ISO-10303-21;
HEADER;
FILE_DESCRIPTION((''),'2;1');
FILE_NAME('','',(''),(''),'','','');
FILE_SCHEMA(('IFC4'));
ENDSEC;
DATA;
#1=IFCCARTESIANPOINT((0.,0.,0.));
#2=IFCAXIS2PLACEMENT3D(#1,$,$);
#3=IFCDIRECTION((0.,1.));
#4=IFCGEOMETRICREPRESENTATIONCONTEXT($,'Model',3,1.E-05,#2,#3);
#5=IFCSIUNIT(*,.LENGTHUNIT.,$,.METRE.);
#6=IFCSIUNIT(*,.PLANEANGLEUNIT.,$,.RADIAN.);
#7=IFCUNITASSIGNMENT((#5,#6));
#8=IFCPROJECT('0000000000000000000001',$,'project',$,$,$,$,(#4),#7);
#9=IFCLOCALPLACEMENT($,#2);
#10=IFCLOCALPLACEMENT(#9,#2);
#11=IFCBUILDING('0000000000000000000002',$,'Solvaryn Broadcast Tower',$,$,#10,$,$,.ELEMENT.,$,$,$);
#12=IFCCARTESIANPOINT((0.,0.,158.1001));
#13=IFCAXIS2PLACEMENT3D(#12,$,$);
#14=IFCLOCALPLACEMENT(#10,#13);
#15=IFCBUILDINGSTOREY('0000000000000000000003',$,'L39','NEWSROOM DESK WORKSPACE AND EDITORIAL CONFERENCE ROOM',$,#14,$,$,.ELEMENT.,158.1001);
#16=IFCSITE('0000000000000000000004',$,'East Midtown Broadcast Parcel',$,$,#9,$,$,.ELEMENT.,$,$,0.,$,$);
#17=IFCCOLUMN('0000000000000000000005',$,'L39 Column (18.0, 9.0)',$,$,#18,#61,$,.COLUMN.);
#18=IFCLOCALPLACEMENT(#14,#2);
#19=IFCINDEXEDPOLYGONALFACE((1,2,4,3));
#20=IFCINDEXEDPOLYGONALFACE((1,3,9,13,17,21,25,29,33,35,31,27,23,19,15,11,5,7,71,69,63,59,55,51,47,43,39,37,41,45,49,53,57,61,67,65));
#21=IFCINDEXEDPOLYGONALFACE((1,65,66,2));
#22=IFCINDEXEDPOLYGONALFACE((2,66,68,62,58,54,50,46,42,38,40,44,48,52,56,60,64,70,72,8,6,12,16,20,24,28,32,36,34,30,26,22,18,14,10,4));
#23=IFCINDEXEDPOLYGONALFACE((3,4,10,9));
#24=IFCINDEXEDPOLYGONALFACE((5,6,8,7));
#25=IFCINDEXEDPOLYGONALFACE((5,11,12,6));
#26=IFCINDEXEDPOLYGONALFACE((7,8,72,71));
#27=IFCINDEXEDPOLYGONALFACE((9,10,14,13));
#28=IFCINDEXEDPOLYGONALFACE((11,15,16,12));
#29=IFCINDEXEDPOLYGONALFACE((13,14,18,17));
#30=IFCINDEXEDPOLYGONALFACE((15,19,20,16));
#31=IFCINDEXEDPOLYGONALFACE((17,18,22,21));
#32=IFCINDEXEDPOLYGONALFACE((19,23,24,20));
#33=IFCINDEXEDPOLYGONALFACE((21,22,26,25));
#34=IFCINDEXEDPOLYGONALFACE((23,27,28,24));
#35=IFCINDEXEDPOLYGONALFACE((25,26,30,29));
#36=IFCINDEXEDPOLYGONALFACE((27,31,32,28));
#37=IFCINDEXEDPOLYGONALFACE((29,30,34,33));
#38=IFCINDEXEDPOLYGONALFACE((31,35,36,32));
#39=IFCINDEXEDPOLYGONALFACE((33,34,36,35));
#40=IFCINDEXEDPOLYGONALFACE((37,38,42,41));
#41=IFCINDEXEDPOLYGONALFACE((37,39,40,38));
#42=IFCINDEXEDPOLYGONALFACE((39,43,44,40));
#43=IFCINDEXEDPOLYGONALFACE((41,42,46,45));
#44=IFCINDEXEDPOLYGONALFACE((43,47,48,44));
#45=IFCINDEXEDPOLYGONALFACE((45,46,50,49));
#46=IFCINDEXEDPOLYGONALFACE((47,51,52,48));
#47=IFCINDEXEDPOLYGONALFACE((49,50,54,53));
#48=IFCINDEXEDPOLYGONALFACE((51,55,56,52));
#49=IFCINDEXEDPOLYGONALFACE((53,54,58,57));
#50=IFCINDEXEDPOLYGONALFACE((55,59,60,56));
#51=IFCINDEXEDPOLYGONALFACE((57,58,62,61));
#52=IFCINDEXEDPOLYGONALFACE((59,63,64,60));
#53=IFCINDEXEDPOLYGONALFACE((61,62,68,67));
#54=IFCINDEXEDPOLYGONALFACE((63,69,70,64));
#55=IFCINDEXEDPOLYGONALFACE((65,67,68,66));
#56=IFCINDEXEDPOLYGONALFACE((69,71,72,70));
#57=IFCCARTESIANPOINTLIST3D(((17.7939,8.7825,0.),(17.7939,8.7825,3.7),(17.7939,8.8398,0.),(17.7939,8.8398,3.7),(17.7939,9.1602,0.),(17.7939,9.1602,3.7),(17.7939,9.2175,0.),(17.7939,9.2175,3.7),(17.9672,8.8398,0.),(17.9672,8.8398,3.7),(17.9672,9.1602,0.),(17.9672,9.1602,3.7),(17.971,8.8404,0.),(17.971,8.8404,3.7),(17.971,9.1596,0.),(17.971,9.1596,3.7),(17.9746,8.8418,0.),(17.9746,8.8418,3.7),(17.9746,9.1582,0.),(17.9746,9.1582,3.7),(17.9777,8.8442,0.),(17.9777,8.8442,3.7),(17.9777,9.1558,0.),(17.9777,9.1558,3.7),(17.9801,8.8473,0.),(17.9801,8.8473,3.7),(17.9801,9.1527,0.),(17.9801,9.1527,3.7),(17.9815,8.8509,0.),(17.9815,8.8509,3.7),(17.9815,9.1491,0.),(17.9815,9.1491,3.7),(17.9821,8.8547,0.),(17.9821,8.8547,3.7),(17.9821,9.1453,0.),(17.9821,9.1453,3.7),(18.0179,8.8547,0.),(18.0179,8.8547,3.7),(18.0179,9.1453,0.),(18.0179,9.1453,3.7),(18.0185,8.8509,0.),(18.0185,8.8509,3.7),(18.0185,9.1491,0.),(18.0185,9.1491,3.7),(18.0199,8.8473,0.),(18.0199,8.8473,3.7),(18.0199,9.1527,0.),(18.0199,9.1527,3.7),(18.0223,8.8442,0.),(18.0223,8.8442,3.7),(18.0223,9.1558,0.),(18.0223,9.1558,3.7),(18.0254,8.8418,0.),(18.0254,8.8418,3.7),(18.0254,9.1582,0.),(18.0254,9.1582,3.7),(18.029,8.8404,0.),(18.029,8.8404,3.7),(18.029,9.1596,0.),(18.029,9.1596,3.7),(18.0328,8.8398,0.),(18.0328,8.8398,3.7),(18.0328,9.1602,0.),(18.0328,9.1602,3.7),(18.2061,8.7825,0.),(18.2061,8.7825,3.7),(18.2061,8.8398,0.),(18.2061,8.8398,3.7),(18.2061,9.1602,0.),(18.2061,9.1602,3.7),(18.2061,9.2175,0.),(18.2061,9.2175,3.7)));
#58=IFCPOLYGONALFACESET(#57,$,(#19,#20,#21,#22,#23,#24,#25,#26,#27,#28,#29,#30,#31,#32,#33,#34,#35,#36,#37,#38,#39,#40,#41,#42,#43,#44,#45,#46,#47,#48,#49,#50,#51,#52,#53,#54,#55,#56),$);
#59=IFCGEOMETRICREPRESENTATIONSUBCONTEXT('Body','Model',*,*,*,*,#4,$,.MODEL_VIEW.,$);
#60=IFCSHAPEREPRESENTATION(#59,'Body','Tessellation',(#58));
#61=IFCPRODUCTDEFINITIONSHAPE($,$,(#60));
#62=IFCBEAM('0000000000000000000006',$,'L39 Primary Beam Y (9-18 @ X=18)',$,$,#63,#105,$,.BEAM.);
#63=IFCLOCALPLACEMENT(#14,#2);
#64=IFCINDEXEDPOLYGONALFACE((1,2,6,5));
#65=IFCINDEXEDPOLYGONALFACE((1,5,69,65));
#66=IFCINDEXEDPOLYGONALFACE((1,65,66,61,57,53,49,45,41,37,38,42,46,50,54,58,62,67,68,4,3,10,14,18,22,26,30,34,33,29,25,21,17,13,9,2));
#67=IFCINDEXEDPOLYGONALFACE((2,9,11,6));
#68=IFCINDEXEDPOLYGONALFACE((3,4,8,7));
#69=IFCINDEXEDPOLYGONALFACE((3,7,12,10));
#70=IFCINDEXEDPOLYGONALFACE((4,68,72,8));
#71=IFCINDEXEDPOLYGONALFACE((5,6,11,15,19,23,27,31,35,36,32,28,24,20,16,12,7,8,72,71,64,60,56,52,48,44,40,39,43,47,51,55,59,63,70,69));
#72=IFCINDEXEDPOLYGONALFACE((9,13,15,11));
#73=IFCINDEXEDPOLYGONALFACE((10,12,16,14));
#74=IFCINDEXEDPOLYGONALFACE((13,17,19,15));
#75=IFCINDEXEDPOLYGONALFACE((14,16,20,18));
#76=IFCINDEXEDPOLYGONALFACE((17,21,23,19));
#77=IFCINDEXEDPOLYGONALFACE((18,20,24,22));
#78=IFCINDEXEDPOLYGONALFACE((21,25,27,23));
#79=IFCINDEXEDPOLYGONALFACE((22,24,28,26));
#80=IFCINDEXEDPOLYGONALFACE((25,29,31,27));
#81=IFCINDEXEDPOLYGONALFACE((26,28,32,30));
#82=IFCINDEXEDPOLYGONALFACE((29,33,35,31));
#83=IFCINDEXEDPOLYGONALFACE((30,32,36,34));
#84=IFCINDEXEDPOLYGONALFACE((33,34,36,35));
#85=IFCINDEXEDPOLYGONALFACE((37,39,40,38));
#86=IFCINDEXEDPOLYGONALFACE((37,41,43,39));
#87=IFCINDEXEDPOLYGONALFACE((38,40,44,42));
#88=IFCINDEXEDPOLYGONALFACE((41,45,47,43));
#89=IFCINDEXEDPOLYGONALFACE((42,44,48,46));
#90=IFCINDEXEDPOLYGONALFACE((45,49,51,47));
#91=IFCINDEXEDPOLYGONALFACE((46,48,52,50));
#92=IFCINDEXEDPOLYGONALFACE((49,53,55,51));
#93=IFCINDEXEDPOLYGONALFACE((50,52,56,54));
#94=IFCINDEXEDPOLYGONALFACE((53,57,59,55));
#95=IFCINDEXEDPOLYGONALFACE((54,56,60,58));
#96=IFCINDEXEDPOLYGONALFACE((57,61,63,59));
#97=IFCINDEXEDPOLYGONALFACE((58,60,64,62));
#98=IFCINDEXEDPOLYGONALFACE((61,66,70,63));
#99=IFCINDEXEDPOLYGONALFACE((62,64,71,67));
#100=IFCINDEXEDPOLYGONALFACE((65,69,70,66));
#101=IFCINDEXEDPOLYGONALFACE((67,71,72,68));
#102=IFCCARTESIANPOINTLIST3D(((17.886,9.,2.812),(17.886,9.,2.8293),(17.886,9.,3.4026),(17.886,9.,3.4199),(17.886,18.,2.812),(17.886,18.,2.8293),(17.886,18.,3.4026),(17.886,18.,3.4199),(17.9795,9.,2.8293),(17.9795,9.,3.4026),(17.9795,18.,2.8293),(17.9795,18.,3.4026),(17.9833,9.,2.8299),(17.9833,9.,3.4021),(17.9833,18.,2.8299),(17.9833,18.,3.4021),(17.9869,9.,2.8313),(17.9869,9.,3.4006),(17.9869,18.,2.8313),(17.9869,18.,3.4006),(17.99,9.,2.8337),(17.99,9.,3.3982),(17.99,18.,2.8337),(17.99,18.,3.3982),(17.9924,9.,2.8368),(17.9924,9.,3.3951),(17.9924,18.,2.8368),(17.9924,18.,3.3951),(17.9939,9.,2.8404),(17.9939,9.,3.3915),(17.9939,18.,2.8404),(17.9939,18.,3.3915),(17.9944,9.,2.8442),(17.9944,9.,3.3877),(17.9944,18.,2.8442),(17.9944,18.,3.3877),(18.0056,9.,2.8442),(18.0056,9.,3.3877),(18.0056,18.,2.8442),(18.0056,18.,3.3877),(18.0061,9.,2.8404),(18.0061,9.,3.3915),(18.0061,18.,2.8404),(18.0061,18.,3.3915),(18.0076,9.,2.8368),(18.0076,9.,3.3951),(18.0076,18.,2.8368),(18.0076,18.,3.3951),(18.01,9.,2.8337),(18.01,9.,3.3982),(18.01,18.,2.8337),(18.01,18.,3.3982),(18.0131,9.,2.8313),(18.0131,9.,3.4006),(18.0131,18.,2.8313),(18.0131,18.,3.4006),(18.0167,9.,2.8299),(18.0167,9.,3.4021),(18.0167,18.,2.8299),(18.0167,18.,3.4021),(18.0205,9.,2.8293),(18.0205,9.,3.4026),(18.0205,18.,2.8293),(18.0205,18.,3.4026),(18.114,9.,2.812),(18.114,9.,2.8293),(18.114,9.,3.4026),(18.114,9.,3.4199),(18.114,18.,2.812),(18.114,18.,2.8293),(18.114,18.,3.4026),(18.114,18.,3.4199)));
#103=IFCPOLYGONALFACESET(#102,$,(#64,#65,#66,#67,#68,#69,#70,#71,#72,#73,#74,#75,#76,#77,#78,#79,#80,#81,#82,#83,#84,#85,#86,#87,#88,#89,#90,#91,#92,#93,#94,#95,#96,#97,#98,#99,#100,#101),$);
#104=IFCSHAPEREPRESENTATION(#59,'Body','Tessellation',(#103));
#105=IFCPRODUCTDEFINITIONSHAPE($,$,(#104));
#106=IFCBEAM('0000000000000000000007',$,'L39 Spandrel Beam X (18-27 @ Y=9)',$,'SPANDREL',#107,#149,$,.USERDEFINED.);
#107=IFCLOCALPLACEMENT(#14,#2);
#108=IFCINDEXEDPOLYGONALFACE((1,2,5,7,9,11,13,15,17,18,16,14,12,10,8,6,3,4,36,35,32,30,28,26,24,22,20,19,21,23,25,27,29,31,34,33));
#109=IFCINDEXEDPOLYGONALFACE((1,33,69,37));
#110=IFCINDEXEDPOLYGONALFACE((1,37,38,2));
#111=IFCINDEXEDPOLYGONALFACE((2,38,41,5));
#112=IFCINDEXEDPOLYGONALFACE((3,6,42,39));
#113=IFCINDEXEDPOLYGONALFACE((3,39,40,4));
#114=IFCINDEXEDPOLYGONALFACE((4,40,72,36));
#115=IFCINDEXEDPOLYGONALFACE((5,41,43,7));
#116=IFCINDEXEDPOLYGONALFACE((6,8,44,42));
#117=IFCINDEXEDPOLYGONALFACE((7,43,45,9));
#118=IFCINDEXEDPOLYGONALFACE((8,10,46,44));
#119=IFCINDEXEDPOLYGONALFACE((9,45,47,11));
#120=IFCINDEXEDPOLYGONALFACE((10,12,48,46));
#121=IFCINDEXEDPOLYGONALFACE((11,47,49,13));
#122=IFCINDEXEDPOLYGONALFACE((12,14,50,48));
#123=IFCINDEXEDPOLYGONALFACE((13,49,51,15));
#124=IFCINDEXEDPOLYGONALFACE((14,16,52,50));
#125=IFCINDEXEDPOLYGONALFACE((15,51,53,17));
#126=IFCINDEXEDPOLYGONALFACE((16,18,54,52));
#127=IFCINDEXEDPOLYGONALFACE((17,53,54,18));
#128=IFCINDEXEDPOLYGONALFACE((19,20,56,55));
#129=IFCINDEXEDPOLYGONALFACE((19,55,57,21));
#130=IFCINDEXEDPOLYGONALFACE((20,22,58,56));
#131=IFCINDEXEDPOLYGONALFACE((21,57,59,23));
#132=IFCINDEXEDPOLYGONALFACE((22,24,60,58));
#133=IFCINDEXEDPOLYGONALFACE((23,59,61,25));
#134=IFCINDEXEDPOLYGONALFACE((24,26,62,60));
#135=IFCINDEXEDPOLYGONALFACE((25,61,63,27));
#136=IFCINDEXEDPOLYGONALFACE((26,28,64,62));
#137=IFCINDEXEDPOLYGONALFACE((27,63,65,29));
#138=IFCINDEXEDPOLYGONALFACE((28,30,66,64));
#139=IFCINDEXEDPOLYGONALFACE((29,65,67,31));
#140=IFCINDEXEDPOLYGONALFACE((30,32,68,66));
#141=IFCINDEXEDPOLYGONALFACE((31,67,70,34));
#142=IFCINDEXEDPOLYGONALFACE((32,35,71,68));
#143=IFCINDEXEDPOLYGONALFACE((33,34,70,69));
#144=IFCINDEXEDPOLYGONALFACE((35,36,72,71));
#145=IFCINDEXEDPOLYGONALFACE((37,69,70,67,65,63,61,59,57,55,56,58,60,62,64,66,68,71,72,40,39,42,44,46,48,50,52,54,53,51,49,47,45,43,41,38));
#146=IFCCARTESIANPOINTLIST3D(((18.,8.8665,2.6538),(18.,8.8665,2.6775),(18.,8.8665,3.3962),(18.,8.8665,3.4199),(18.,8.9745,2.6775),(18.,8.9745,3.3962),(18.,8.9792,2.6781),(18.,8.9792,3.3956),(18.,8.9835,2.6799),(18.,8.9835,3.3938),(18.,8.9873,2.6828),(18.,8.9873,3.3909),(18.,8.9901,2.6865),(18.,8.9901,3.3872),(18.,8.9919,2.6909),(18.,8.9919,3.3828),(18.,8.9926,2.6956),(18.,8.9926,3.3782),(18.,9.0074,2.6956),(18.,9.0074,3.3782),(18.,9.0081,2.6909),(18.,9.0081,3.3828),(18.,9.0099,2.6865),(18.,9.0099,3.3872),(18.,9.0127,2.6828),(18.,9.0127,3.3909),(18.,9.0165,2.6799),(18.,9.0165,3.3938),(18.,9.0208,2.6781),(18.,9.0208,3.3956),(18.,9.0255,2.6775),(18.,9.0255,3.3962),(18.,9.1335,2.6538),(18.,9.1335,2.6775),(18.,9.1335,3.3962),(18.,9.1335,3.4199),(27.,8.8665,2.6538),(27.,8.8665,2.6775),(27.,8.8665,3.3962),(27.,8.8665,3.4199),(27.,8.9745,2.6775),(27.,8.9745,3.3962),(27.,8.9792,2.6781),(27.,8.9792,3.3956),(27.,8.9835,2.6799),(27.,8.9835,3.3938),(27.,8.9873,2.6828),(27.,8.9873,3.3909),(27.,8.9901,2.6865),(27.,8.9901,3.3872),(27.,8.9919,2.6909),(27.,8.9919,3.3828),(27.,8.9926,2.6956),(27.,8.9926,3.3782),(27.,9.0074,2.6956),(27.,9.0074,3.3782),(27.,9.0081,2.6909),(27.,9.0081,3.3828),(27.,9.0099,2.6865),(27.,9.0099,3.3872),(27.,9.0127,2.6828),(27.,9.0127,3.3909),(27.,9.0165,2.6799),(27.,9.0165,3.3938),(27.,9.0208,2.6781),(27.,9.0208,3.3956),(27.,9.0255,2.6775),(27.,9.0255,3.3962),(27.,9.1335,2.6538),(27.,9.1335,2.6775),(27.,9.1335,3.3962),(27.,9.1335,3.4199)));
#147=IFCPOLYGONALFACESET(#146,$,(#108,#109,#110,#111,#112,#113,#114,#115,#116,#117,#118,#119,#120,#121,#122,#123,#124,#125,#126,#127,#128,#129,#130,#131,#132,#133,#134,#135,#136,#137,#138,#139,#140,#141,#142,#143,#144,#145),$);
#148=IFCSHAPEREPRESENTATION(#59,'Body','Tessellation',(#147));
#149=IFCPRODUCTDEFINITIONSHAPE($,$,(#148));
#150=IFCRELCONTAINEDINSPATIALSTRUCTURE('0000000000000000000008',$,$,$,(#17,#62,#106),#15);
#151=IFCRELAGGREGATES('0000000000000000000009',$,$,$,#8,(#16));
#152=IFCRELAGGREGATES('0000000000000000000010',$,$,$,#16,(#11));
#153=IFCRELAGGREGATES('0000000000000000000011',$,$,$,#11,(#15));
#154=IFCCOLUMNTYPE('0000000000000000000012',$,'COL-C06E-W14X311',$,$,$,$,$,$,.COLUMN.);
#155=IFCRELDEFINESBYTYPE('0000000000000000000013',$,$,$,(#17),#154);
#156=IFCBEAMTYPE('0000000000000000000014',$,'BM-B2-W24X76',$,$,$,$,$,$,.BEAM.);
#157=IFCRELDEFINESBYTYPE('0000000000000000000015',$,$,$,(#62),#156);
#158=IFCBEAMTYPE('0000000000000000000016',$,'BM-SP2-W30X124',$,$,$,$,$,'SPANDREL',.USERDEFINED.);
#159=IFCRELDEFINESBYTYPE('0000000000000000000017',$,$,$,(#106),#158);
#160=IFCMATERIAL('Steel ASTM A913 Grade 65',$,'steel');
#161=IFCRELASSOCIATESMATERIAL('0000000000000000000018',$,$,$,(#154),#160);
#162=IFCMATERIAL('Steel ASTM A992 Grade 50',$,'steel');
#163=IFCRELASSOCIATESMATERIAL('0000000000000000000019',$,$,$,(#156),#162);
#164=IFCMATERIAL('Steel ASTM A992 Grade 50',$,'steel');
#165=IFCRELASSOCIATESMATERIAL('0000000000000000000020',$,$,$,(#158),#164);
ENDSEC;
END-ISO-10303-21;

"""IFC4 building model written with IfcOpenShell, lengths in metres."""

from ifc_helpers import new_model, si_unit, direction, frame, origin, origin_2d, place, context, subcontext, project, spatial, i_section, extrude, material, material_profile, profile_set, type_object, element, save


model = new_model("IFC4")

# Units and contexts
model_context = context("Model", 3, precision=1e-05, world=origin(), true_north=direction((0.0, 1.0)))
body_context = subcontext(model_context, "Body", "Model", "MODEL_VIEW")
ifc_project = project(units=[si_unit("LENGTHUNIT", "METRE"), si_unit("PLANEANGLEUNIT", "RADIAN")], contexts=[model_context])

# Site, building, storey
site_placement = place(None, origin())
site = spatial("IfcSite", under=ifc_project, at=site_placement, Name="East Midtown Broadcast Parcel", CompositionType="ELEMENT", RefElevation=0.0)
building_placement = place(site_placement, origin())
building = spatial("IfcBuilding", under=site, at=building_placement, Name="Solvaryn Broadcast Tower", CompositionType="ELEMENT")
storey_placement = place(building_placement, frame((0.0, 0.0, 158.1001)))
storey = spatial("IfcBuildingStorey", under=building, at=storey_placement, Name="L39", Description="NEWSROOM DESK WORKSPACE AND EDITORIAL CONFERENCE ROOM", CompositionType="ELEMENT", Elevation=158.1001)

# Column
ifc_material_1 = material(Name="Steel ASTM A913 Grade 65", Category="steel")
ifc_material_profile_1 = material_profile(ifc_material_1, i_section(OverallWidth=0.4121, OverallDepth=0.4351, WebThickness=0.0359, FlangeThickness=0.0574, FilletRadius=0.0149, at=origin_2d()))
ifc_profile_set_1 = profile_set([ifc_material_profile_1], Name="Steel ASTM A913 Grade 65")
column_type = type_object("IfcColumnType", Name="COL-C06E-W14X311", PredefinedType="COLUMN", material=ifc_profile_set_1)
column_placement = place(storey_placement, frame((18.0, 9.0, 0.0), z_axis=(0.0, 0.0, 1.0), x_axis=(1.0, 0.0, 0.0)))
element("IfcColumn", 1, at=column_placement, inside=storey, type_object=column_type, Name="L39 Column (18.0, 9.0)", PredefinedType="COLUMN", context=body_context, shape_type="SweptSolid", body=[
    extrude(i_section(OverallWidth=0.4121, OverallDepth=0.4351, WebThickness=0.0359, FlangeThickness=0.0574, FilletRadius=0.0149, at=origin_2d()), origin(), (0.0, 0.0, 1.0), 3.7),
])

# Beams
ifc_material_2 = material(Name="Steel ASTM A992 Grade 50", Category="steel")
ifc_material_profile_2 = material_profile(ifc_material_2, i_section(OverallWidth=0.228, OverallDepth=0.6079, WebThickness=0.0112, FlangeThickness=0.0173, FilletRadius=0.0149, at=origin_2d()))
ifc_profile_set_2 = profile_set([ifc_material_profile_2], Name="Steel ASTM A992 Grade 50")
beam_type_1 = type_object("IfcBeamType", Name="BM-B2-W24X76", PredefinedType="BEAM", material=ifc_profile_set_2)
beam_1_placement = place(storey_placement, frame((18.0, 9.0, 3.116), z_axis=(0.0, 1.0, 0.0), x_axis=(-1.0, 0.0, 0.0)))
element("IfcBeam", 2, at=beam_1_placement, inside=storey, type_object=beam_type_1, Name="L39 Primary Beam Y (9-18 @ X=18)", PredefinedType="BEAM", context=body_context, shape_type="SweptSolid", body=[
    extrude(i_section(OverallWidth=0.228, OverallDepth=0.6079, WebThickness=0.0112, FlangeThickness=0.0173, FilletRadius=0.0149, at=origin_2d()), origin(), (0.0, 0.0, 1.0), 9.0),
])
ifc_material_3 = material(Name="Steel ASTM A992 Grade 50", Category="steel")
ifc_material_profile_3 = material_profile(ifc_material_3, i_section(OverallWidth=0.2671, OverallDepth=0.7661, WebThickness=0.0149, FlangeThickness=0.0237, FilletRadius=0.0181, at=origin_2d()))
ifc_profile_set_3 = profile_set([ifc_material_profile_3], Name="Steel ASTM A992 Grade 50")
beam_type_2 = type_object("IfcBeamType", Name="BM-SP2-W30X124", ElementType="SPANDREL", PredefinedType="USERDEFINED", material=ifc_profile_set_3)
beam_2_placement = place(storey_placement, frame((18.0, 9.0, 3.0369), z_axis=(1.0, 0.0, 0.0), x_axis=(0.0, 1.0, 0.0)))
element("IfcBeam", 3, at=beam_2_placement, inside=storey, type_object=beam_type_2, Name="L39 Spandrel Beam X (18-27 @ Y=9)", ObjectType="SPANDREL", PredefinedType="USERDEFINED", context=body_context, shape_type="SweptSolid", body=[
    extrude(i_section(OverallWidth=0.2671, OverallDepth=0.7661, WebThickness=0.0149, FlangeThickness=0.0237, FilletRadius=0.0181, at=origin_2d()), origin(), (0.0, 0.0, 1.0), 9.0),
])

save(model, "model.ifc")
